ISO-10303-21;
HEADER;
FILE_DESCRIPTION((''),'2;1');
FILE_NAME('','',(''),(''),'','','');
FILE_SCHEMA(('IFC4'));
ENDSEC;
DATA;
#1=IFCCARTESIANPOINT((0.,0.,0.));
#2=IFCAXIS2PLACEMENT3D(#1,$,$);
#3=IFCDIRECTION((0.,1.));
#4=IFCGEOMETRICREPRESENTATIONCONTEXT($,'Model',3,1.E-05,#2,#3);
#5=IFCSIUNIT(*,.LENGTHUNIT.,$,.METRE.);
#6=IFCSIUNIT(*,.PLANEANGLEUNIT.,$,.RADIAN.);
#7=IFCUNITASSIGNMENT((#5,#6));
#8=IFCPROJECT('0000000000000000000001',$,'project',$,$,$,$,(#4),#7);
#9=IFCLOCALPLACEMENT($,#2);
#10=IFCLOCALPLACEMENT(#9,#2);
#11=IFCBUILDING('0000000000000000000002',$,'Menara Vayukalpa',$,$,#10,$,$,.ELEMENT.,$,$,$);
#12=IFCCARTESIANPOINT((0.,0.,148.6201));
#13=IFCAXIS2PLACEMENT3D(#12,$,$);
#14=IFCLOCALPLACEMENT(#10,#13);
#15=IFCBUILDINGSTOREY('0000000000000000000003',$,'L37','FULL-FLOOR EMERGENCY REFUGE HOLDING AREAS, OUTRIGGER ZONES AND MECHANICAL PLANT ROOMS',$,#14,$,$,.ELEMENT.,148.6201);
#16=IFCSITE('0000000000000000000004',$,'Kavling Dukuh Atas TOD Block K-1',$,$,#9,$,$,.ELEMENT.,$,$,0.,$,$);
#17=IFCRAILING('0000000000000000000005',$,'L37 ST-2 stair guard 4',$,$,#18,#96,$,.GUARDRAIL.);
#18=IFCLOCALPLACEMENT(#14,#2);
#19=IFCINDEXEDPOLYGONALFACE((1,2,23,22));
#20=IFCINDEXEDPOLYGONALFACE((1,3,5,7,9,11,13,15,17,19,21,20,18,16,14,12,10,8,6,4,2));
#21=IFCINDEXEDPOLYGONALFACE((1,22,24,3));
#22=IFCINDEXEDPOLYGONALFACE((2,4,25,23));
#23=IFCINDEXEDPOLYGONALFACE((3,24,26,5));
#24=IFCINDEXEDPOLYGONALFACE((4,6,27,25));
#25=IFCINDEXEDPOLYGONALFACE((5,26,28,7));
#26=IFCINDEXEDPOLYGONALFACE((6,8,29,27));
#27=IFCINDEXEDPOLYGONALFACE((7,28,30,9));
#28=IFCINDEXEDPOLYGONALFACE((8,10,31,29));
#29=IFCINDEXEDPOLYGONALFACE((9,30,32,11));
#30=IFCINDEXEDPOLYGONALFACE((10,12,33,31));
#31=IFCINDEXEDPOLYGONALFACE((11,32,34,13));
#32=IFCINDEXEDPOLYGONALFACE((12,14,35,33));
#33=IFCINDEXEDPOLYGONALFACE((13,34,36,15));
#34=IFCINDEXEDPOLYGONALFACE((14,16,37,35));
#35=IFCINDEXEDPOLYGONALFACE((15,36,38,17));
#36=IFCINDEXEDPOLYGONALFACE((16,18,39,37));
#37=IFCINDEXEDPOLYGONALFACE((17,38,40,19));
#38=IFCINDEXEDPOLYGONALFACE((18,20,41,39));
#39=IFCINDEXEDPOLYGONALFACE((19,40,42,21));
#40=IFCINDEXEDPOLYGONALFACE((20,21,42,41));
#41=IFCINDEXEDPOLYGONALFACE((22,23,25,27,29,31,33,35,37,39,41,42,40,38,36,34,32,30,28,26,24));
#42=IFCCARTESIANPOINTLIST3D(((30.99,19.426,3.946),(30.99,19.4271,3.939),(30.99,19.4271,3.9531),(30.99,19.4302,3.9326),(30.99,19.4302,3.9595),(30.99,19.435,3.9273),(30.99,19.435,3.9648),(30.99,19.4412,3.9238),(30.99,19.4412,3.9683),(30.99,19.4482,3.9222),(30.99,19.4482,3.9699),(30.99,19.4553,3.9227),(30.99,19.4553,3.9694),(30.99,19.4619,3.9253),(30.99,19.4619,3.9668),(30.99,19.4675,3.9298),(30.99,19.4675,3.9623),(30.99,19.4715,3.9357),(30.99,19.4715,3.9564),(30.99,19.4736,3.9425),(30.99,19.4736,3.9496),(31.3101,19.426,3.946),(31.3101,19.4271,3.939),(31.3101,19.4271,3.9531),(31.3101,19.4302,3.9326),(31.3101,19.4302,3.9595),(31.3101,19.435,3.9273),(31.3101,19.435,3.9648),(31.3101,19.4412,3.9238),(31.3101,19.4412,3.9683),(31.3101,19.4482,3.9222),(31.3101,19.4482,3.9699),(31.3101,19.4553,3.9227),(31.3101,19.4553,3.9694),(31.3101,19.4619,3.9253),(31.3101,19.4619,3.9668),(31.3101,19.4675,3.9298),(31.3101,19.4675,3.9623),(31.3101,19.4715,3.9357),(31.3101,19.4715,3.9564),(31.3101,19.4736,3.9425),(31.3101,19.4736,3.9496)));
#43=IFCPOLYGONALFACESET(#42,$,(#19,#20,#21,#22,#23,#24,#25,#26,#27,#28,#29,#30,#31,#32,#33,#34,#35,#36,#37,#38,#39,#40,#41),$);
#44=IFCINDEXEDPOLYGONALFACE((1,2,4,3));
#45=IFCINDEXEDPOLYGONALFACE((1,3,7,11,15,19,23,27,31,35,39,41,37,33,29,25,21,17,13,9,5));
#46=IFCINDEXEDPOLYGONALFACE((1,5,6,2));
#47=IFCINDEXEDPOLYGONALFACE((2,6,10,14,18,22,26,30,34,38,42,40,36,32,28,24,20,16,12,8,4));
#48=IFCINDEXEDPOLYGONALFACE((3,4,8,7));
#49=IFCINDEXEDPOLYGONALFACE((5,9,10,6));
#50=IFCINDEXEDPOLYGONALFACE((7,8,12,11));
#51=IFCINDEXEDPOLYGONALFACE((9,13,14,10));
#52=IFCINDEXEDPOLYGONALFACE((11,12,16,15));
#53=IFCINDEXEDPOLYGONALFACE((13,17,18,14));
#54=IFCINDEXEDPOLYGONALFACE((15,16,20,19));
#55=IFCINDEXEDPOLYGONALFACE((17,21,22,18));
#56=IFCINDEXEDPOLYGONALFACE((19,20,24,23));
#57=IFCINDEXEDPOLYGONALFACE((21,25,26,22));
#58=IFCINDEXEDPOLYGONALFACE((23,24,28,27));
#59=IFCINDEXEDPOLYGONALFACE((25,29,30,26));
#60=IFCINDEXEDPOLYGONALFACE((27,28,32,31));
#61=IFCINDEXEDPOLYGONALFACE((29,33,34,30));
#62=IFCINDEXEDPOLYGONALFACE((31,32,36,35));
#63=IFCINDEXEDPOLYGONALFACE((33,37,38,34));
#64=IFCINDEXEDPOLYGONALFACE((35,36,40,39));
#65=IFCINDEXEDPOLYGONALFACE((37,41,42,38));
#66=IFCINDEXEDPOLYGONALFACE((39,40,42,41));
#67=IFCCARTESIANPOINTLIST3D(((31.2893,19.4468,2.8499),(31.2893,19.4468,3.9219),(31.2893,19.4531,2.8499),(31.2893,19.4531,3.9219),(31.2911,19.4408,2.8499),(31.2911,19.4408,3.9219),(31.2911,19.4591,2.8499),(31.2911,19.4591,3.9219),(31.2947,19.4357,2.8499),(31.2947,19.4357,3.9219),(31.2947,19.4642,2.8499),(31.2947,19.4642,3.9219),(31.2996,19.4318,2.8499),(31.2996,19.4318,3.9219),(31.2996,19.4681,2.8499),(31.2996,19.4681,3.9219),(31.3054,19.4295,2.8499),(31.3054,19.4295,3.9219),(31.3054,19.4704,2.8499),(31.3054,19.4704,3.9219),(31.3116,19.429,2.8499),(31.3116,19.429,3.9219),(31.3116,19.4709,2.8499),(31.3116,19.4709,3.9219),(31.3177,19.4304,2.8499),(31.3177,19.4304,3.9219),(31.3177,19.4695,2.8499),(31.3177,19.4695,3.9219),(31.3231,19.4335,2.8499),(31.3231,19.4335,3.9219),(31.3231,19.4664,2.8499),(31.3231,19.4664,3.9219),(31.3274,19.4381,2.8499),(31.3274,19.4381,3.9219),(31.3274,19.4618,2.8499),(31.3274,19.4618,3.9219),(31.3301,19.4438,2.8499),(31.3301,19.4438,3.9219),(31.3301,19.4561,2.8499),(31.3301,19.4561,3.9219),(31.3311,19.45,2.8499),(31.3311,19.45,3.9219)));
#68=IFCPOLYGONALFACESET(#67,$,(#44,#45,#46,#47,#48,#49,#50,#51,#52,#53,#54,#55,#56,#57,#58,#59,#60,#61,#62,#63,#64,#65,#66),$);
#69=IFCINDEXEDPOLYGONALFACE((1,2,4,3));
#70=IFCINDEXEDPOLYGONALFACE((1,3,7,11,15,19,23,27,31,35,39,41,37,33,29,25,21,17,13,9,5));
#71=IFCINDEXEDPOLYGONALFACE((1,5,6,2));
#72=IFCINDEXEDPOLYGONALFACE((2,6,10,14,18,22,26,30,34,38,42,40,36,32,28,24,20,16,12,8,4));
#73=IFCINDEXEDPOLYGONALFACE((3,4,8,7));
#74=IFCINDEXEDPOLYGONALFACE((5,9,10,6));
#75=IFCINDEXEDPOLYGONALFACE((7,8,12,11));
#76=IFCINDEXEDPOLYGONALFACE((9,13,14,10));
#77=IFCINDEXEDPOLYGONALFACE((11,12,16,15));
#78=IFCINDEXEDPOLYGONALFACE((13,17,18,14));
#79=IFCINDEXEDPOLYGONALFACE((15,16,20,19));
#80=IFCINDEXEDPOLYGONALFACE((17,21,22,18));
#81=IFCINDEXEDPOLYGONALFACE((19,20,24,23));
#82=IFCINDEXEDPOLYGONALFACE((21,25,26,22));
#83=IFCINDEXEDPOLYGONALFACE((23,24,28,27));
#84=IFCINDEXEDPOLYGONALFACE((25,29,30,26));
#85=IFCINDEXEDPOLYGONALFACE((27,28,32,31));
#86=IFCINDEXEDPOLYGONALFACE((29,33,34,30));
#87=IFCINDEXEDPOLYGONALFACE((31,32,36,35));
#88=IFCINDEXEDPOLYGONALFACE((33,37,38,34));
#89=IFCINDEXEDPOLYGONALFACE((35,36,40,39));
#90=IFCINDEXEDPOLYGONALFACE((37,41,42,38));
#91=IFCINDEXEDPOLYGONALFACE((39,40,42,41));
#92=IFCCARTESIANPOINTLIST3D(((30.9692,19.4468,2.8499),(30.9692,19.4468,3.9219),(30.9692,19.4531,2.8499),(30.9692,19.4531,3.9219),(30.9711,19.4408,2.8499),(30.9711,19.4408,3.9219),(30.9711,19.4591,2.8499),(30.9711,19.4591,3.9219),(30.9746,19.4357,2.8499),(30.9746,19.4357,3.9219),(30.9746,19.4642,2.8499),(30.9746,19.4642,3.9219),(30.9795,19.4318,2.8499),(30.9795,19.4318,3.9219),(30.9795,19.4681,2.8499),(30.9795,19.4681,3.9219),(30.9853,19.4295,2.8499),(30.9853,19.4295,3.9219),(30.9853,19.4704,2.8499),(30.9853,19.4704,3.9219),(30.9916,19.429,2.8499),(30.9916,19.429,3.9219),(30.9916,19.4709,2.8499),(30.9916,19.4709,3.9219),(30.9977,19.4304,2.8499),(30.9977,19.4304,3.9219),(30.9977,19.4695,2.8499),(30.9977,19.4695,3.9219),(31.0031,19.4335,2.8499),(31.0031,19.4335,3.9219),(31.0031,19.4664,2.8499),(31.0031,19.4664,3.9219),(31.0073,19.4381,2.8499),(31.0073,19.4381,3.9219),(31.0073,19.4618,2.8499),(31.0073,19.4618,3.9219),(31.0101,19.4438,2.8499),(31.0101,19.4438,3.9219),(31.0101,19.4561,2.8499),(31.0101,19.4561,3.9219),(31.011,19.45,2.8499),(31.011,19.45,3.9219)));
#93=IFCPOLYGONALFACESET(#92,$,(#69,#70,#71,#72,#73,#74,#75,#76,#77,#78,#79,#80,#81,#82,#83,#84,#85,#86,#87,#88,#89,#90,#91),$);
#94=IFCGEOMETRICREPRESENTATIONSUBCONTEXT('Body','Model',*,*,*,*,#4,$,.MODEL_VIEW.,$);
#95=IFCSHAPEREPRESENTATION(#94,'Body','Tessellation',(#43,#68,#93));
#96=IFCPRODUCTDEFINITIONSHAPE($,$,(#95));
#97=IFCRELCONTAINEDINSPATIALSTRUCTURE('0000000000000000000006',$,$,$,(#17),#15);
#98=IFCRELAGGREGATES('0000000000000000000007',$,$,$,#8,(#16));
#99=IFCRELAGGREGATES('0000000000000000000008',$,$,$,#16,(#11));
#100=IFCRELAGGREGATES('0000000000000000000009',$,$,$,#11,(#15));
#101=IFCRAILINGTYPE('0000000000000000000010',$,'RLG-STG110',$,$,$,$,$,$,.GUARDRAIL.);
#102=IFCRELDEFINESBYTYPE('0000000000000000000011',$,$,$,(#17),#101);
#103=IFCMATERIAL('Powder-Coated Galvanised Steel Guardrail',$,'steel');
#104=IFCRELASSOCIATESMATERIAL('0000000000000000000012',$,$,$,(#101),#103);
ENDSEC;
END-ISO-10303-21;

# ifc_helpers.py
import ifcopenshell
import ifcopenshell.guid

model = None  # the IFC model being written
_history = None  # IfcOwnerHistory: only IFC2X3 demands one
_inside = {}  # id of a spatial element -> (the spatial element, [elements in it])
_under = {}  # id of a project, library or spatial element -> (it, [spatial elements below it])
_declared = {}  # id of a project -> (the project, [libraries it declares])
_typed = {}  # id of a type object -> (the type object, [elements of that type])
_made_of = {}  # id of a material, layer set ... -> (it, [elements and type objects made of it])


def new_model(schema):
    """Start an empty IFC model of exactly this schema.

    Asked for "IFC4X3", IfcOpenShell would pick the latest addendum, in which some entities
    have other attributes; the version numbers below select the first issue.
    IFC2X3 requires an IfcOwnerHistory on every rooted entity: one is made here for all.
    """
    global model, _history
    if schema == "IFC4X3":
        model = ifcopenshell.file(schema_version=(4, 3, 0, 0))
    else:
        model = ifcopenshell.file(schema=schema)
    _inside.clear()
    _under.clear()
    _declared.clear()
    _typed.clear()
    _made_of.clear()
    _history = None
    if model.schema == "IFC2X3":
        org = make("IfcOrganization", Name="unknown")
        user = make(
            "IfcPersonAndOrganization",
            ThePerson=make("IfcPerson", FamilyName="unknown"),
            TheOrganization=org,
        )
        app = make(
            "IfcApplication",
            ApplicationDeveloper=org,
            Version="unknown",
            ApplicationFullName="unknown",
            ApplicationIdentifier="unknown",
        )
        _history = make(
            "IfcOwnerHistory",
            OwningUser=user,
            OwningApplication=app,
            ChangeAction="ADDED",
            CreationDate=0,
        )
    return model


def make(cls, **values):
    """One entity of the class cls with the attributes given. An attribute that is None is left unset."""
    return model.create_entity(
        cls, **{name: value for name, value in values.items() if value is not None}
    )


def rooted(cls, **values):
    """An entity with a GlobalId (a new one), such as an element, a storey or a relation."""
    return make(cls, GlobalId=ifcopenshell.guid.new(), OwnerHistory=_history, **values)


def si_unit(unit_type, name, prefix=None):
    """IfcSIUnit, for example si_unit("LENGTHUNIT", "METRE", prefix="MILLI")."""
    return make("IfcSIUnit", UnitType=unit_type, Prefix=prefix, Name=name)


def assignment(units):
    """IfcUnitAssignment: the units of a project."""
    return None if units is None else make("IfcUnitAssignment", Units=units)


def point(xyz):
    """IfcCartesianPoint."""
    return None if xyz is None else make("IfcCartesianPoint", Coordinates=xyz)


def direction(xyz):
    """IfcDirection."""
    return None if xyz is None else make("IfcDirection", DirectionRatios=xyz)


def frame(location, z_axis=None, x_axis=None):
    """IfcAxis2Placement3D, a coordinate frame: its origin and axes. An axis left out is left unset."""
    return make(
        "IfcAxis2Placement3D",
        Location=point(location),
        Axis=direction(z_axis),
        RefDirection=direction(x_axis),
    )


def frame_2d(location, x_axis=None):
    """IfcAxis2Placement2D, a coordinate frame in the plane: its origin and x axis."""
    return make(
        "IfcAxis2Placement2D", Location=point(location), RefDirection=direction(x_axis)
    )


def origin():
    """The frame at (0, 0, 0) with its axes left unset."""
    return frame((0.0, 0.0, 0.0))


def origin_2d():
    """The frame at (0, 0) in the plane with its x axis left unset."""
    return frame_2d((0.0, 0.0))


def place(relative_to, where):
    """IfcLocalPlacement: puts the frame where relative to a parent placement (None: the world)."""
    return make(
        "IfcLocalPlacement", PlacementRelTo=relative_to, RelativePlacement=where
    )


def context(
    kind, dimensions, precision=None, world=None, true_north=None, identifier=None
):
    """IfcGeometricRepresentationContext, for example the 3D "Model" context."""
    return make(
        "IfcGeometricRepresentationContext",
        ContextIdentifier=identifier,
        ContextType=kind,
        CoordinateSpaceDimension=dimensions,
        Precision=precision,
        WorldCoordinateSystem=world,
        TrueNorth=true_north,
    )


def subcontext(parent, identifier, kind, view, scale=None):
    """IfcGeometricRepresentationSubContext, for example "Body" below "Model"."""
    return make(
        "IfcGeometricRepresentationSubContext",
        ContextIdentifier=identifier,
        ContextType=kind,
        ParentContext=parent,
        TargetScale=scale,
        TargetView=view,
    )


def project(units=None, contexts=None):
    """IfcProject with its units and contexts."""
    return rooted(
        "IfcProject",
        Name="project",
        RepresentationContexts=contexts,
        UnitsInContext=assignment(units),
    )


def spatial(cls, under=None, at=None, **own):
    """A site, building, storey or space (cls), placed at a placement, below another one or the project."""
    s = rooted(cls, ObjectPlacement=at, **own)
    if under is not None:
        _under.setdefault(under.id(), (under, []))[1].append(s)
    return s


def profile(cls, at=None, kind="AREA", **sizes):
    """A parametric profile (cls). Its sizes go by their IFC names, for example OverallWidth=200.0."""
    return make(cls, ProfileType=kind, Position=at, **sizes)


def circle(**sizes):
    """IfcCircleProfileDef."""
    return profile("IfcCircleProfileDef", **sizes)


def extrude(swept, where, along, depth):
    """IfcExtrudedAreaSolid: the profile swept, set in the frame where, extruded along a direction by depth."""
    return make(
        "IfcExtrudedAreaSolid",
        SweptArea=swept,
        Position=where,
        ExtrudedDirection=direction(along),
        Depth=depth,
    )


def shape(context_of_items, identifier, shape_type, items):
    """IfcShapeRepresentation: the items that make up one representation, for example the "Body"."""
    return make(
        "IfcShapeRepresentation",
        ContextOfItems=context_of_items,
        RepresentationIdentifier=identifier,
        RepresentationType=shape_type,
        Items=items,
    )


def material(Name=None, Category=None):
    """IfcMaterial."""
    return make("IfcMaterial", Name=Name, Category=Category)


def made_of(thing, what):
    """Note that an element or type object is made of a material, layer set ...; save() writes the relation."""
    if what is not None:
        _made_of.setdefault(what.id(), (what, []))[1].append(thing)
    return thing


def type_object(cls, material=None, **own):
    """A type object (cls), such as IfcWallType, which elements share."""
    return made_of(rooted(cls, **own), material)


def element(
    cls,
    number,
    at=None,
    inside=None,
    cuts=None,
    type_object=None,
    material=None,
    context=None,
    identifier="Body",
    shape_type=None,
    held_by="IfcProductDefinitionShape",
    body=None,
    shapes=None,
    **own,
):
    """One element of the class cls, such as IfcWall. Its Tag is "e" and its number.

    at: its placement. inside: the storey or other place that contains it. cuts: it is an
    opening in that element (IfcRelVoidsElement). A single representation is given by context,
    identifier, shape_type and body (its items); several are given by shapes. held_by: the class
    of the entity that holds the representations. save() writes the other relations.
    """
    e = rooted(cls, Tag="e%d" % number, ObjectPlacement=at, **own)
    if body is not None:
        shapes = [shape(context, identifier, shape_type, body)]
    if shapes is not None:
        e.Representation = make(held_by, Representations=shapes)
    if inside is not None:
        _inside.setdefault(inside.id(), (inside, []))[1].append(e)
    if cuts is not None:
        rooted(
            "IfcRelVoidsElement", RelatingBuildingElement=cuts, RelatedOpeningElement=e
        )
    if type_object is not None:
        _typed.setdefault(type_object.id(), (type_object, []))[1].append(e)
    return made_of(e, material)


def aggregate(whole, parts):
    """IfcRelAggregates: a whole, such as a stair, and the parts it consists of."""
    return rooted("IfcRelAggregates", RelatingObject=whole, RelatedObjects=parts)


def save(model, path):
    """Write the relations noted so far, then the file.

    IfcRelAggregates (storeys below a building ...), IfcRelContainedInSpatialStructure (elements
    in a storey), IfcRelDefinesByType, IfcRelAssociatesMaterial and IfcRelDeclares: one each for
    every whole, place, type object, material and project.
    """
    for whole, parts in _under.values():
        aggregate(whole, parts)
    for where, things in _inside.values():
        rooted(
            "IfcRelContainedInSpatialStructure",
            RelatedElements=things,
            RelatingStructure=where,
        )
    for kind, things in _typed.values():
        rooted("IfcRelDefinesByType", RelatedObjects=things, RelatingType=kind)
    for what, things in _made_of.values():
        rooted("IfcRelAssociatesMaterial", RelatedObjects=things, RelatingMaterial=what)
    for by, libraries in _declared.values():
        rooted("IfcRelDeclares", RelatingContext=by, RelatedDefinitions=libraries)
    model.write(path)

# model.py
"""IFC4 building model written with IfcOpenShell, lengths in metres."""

from ifc_helpers import new_model, si_unit, direction, frame, origin, origin_2d, place, context, subcontext, project, spatial, circle, extrude, material, type_object, element, save


model = new_model("IFC4")

# Units and contexts
model_context = context("Model", 3, precision=1e-05, world=origin(), true_north=direction((0.0, 1.0)))
body_context = subcontext(model_context, "Body", "Model", "MODEL_VIEW")
ifc_project = project(units=[si_unit("LENGTHUNIT", "METRE"), si_unit("PLANEANGLEUNIT", "RADIAN")], contexts=[model_context])

# Site, building, storey
site_placement = place(None, origin())
site = spatial("IfcSite", under=ifc_project, at=site_placement, Name="Kavling Dukuh Atas TOD Block K-1", CompositionType="ELEMENT", RefElevation=0.0)
building_placement = place(site_placement, origin())
building = spatial("IfcBuilding", under=site, at=building_placement, Name="Menara Vayukalpa", CompositionType="ELEMENT")
storey_placement = place(building_placement, frame((0.0, 0.0, 148.6201)))
storey = spatial("IfcBuildingStorey", under=building, at=storey_placement, Name="L37", Description="FULL-FLOOR EMERGENCY REFUGE HOLDING AREAS, OUTRIGGER ZONES AND MECHANICAL PLANT ROOMS", CompositionType="ELEMENT", Elevation=148.6201)

# Railing
ifc_material_1 = material(Name="Powder-Coated Galvanised Steel Guardrail", Category="steel")
railing_type_1 = type_object("IfcRailingType", Name="RLG-STG110", PredefinedType="GUARDRAIL", material=ifc_material_1)
railing_1_placement = place(storey_placement, frame((31.3101, 19.45, 2.8499)))
element("IfcRailing", 1, at=railing_1_placement, inside=storey, type_object=railing_type_1, Name="L37 ST-2 stair guard 4", PredefinedType="GUARDRAIL", context=body_context, shape_type="SweptSolid", body=[
    extrude(circle(Radius=0.0239, at=origin_2d()), frame((0.0, 0.0, 1.0962), z_axis=(-1.0, 0.0, 0.0), x_axis=(0.0, -1.0, 0.0)), (0.0, 0.0, 1.0), 0.3201),
    extrude(circle(Radius=0.021, at=origin_2d()), origin(), (0.0, 0.0, 1.0), 1.072),
    extrude(circle(Radius=0.021, at=origin_2d()), frame((-0.3201, 0.0, 0.0)), (0.0, 0.0, 1.0), 1.072),
])

save(model, "model.ifc")
